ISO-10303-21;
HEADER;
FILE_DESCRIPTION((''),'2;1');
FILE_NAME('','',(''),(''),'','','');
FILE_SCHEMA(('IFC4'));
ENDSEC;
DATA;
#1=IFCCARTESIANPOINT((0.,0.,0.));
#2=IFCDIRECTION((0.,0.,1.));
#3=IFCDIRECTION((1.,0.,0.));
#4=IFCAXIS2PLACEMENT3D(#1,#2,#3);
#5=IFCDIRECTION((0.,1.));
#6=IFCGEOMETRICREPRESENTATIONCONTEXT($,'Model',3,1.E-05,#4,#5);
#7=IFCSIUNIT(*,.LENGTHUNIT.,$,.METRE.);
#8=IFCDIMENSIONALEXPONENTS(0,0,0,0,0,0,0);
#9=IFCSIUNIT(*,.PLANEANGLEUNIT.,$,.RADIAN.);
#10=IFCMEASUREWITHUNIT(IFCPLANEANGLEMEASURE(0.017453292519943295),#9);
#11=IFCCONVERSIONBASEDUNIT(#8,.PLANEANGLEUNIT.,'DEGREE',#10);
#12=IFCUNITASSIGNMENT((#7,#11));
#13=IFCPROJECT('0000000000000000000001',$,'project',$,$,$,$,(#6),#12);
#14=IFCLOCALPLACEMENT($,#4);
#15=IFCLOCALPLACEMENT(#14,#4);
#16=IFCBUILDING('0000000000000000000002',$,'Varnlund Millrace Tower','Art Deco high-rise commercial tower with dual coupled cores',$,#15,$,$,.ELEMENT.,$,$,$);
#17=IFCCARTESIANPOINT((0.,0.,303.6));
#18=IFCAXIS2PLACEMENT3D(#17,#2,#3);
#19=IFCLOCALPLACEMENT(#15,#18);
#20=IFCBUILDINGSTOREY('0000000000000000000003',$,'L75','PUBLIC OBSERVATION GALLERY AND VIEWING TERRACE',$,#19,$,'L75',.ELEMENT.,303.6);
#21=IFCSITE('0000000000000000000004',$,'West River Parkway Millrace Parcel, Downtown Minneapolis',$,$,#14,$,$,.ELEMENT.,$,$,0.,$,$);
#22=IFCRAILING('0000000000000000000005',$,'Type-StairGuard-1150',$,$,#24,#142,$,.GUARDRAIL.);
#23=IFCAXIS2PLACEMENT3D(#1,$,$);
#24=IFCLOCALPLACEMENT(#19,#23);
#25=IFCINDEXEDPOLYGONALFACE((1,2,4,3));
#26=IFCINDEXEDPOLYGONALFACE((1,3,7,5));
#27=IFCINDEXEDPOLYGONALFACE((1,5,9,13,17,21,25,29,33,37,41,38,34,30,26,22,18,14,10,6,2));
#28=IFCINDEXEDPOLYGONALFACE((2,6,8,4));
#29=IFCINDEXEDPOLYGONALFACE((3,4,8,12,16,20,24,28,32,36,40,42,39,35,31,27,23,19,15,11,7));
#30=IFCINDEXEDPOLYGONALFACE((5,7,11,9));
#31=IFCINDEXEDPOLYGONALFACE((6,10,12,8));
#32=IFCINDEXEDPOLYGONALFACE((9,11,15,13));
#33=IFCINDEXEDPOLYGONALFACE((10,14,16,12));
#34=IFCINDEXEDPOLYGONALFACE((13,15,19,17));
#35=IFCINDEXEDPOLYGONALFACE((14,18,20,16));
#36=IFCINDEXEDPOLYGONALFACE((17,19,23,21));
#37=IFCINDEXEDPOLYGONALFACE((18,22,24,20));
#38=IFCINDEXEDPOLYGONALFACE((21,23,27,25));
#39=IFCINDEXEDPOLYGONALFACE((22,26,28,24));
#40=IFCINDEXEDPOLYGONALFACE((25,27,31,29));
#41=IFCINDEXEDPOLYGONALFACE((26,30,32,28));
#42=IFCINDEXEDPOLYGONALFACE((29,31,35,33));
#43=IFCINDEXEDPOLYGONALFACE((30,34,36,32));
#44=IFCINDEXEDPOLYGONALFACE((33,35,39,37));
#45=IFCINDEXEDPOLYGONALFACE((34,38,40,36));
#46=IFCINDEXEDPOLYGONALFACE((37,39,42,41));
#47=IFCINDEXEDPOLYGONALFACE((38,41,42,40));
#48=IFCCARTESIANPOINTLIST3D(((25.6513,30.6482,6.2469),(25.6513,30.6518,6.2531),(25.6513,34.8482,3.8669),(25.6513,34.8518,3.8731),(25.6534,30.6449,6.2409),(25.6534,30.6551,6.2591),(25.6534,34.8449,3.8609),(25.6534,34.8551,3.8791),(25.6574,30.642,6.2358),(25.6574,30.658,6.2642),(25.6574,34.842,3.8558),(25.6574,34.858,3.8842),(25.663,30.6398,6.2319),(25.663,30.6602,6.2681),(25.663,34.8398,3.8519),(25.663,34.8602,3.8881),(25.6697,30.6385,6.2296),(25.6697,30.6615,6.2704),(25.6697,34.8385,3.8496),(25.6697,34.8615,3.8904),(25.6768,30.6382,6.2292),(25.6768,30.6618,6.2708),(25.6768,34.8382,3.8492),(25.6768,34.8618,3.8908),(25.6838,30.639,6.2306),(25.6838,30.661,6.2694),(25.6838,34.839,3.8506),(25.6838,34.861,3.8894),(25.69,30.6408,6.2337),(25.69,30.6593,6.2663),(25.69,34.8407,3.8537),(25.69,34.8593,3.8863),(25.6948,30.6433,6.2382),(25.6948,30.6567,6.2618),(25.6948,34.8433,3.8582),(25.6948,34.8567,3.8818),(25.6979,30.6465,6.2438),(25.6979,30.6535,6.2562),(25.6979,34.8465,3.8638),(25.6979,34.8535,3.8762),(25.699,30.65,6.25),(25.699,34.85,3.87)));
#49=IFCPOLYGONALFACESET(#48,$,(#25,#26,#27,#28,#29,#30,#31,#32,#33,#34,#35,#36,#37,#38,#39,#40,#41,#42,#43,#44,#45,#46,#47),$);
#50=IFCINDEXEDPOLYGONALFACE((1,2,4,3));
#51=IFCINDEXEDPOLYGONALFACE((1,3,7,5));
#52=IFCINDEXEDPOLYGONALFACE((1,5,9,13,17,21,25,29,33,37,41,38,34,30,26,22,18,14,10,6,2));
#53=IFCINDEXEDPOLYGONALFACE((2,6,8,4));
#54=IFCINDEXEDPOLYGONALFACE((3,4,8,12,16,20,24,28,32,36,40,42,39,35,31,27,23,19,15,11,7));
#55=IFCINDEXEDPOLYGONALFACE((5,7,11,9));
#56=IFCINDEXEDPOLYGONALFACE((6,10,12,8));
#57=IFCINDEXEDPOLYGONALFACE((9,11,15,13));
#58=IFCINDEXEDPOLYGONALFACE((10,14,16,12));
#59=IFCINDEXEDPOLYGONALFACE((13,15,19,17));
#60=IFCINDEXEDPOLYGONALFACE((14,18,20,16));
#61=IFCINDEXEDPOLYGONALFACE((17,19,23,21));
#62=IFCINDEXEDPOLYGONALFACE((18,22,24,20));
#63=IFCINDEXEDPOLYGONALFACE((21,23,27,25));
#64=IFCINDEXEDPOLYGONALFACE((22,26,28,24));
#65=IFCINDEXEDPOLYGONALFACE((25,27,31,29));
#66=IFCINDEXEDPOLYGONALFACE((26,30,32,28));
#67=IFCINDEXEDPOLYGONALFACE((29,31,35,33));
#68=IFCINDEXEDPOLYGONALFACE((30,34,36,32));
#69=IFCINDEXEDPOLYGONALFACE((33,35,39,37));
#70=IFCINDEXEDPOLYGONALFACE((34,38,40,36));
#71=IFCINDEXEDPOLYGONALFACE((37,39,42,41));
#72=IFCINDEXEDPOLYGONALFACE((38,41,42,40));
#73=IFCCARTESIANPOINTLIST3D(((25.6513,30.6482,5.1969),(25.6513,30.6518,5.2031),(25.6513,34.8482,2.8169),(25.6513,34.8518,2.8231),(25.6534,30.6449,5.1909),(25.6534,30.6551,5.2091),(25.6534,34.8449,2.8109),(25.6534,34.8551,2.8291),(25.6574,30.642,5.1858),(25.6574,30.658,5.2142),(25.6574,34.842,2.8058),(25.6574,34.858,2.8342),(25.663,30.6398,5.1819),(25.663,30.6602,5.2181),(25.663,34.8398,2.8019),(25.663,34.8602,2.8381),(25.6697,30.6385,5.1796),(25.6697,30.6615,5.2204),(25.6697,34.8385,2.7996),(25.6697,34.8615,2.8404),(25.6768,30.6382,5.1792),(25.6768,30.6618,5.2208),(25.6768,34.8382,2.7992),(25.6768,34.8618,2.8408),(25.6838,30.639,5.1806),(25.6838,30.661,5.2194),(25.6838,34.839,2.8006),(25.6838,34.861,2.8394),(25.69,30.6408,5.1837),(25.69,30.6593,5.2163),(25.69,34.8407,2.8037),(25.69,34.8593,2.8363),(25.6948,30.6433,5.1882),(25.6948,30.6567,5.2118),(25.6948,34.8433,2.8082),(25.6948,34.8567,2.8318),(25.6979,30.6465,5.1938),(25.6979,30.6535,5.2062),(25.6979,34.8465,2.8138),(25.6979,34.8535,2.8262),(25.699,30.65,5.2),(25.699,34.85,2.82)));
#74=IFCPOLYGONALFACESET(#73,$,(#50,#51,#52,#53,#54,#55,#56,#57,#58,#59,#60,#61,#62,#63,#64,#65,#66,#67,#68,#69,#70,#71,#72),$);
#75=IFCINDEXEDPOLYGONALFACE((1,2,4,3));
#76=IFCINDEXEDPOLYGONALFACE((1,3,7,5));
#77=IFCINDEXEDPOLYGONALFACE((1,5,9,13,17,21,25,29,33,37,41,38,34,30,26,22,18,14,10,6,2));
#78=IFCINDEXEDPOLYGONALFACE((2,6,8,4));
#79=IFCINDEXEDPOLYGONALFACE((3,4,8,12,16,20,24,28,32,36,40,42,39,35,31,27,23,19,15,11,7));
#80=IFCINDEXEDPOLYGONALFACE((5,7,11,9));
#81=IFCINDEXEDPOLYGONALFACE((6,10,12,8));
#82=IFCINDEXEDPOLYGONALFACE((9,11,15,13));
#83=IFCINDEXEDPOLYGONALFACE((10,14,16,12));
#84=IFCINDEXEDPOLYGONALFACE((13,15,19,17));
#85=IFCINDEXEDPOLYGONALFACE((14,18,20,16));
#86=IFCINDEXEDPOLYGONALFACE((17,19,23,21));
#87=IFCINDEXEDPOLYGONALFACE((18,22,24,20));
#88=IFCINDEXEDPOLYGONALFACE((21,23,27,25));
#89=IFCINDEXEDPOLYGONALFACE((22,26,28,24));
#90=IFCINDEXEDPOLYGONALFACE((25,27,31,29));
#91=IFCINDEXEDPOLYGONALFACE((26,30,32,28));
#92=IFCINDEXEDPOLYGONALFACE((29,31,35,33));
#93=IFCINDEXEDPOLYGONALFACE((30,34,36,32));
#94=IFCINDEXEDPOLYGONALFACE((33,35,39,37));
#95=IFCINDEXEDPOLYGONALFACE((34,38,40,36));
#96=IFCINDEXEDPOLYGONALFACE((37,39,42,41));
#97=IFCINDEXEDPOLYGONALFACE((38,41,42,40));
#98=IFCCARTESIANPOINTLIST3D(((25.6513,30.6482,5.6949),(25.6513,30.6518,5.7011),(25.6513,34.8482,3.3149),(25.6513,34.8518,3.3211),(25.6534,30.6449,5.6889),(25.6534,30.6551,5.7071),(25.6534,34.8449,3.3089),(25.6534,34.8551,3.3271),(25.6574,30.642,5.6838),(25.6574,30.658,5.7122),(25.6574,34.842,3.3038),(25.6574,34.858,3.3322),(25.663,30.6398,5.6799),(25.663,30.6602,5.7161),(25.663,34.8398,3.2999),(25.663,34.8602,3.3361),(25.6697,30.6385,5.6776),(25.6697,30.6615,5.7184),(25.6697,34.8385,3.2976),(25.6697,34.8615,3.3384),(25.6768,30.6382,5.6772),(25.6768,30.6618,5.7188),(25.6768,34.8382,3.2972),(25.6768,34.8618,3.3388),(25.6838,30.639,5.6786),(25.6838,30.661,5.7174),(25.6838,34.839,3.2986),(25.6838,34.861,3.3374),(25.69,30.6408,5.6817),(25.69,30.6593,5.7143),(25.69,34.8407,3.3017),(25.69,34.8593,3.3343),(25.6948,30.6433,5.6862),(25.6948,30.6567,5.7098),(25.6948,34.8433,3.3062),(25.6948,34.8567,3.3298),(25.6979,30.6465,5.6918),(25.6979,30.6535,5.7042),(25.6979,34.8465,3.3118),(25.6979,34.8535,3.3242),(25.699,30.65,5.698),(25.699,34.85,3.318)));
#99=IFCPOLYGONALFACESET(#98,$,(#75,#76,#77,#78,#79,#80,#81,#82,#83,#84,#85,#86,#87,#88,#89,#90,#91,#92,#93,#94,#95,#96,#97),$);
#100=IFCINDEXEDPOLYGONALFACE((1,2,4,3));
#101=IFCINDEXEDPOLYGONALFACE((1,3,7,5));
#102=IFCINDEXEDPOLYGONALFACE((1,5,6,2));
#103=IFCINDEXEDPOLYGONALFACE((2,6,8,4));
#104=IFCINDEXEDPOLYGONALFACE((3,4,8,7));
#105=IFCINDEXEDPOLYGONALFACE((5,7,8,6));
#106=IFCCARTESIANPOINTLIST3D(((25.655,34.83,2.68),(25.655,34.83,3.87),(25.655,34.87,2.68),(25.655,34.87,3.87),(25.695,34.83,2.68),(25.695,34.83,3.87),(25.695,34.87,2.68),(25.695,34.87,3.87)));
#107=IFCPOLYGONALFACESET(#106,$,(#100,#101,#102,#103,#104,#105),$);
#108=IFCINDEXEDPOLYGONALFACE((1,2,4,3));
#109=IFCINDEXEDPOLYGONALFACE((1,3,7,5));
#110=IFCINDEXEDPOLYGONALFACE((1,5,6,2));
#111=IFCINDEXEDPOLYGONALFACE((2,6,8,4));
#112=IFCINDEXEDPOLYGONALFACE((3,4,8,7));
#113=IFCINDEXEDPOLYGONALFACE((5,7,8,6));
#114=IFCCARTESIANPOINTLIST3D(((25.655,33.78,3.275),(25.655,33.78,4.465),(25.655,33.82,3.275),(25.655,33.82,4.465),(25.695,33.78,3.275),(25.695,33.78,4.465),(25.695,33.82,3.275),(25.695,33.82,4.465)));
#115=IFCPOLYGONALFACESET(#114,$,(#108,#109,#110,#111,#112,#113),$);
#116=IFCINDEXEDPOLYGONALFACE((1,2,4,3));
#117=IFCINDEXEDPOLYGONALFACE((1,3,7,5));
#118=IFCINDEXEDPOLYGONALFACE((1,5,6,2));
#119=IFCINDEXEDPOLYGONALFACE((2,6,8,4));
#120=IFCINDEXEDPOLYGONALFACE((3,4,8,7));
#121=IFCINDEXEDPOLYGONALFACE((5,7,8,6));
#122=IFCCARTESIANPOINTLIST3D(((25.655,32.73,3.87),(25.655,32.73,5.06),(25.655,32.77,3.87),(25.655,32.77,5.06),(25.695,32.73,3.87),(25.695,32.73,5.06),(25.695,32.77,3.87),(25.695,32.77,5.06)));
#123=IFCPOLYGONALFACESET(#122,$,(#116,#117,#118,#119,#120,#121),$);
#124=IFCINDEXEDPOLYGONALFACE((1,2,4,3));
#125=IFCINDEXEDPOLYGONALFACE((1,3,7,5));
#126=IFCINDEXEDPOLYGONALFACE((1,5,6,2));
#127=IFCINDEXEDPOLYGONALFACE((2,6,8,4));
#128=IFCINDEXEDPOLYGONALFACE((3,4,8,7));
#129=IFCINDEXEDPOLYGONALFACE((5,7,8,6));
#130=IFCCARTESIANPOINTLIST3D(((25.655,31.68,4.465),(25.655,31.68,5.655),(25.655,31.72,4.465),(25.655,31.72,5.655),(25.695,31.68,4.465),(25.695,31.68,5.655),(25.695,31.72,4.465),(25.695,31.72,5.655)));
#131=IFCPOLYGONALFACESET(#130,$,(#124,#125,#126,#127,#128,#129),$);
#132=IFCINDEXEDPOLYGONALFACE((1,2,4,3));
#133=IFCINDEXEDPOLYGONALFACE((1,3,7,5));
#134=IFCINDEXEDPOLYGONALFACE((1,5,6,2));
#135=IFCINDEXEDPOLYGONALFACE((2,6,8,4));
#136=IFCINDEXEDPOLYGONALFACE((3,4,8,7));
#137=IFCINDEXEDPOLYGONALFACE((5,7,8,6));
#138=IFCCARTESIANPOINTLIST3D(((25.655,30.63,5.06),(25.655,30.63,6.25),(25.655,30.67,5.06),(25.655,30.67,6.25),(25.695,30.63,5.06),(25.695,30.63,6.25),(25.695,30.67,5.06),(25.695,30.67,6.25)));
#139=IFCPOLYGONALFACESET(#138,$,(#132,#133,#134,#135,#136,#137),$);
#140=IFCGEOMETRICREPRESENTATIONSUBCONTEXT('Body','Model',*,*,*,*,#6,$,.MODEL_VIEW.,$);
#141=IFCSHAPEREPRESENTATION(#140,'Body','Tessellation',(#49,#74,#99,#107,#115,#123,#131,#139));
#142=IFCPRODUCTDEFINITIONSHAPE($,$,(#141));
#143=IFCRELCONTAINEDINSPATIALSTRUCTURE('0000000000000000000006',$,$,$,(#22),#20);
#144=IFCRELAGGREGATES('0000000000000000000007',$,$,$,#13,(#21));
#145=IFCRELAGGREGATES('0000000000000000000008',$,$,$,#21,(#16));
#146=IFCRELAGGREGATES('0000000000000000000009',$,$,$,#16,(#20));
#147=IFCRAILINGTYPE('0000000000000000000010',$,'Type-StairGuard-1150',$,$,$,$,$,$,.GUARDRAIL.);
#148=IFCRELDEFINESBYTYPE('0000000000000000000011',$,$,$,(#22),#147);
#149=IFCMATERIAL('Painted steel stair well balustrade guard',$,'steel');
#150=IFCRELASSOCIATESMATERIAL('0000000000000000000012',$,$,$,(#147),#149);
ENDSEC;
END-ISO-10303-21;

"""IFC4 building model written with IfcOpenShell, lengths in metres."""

from ifc_helpers import new_model, entity, si_unit, converted_unit, direction, frame, origin_with_axes, origin_2d_with_axis, place, context, subcontext, project, spatial, rectangle, circle, extrude, material, type_object, element, save


model = new_model("IFC4")

# Units and contexts
model_context = context("Model", 3, precision=1e-05, world=origin_with_axes(), true_north=direction((0.0, 1.0)))
body_context = subcontext(model_context, "Body", "Model", "MODEL_VIEW")
ifc_project = project(units=[si_unit("LENGTHUNIT", "METRE"), converted_unit("PLANEANGLEUNIT", "DEGREE", entity("IfcPlaneAngleMeasure", 0.017453292519943295), si_unit("PLANEANGLEUNIT", "RADIAN"), dimensions=[0, 0, 0, 0, 0, 0, 0])], contexts=[model_context])

# Site, building, storey
site_placement = place(None, origin_with_axes())
site = spatial("IfcSite", under=ifc_project, at=site_placement, Name="West River Parkway Millrace Parcel, Downtown Minneapolis", CompositionType="ELEMENT", RefElevation=0.0)
building_placement = place(site_placement, origin_with_axes())
building = spatial("IfcBuilding", under=site, at=building_placement, Name="Varnlund Millrace Tower", Description="Art Deco high-rise commercial tower with dual coupled cores", CompositionType="ELEMENT")
storey_placement = place(building_placement, frame((0.0, 0.0, 303.6), z_axis=(0.0, 0.0, 1.0), x_axis=(1.0, 0.0, 0.0)))
storey = spatial("IfcBuildingStorey", under=building, at=storey_placement, Name="L75", Description="PUBLIC OBSERVATION GALLERY AND VIEWING TERRACE", LongName="L75", CompositionType="ELEMENT", Elevation=303.6)

# Railing
ifc_material_1 = material(Name="Painted steel stair well balustrade guard", Category="steel")
railing_type_1 = type_object("IfcRailingType", Name="Type-StairGuard-1150", PredefinedType="GUARDRAIL", material=ifc_material_1)
railing_1_placement = place(storey_placement, frame((0.0, 0.0, -303.6), z_axis=(0.0, 0.0, 1.0), x_axis=(1.0, 0.0, 0.0)))
element("IfcRailing", 1, at=railing_1_placement, inside=storey, type_object=railing_type_1, Name="Type-StairGuard-1150", PredefinedType="GUARDRAIL", context=body_context, shape_type="SweptSolid", body=[
    extrude(circle(Radius=0.024, at=origin_2d_with_axis()), frame((25.675, 34.85, 307.47), z_axis=(0.0, -0.870022, 0.493013), x_axis=(1.0, 0.0, 0.0)), (0.0, 0.0, 1.0), 4.8275),
    extrude(circle(Radius=0.024, at=origin_2d_with_axis()), frame((25.675, 34.85, 306.42), z_axis=(0.0, -0.870022, 0.493013), x_axis=(1.0, 0.0, 0.0)), (0.0, 0.0, 1.0), 4.8275),
    extrude(circle(Radius=0.024, at=origin_2d_with_axis()), frame((25.675, 34.85, 306.918), z_axis=(0.0, -0.870022, 0.493013), x_axis=(1.0, 0.0, 0.0)), (0.0, 0.0, 1.0), 4.8275),
    extrude(rectangle(XDim=0.04, YDim=0.04, at=origin_2d_with_axis()), frame((25.675, 34.85, 306.28), z_axis=(0.0, 0.0, 1.0), x_axis=(1.0, 0.0, 0.0)), (0.0, 0.0, 1.0), 1.19),
    extrude(rectangle(XDim=0.04, YDim=0.04, at=origin_2d_with_axis()), frame((25.675, 33.8, 306.875), z_axis=(0.0, 0.0, 1.0), x_axis=(1.0, 0.0, 0.0)), (0.0, 0.0, 1.0), 1.19),
    extrude(rectangle(XDim=0.04, YDim=0.04, at=origin_2d_with_axis()), frame((25.675, 32.75, 307.47), z_axis=(0.0, 0.0, 1.0), x_axis=(1.0, 0.0, 0.0)), (0.0, 0.0, 1.0), 1.19),
    extrude(rectangle(XDim=0.04, YDim=0.04, at=origin_2d_with_axis()), frame((25.675, 31.7, 308.065), z_axis=(0.0, 0.0, 1.0), x_axis=(1.0, 0.0, 0.0)), (0.0, 0.0, 1.0), 1.19),
    extrude(rectangle(XDim=0.04, YDim=0.04, at=origin_2d_with_axis()), frame((25.675, 30.65, 308.66), z_axis=(0.0, 0.0, 1.0), x_axis=(1.0, 0.0, 0.0)), (0.0, 0.0, 1.0), 1.19),
])

save(model, "model.ifc")
